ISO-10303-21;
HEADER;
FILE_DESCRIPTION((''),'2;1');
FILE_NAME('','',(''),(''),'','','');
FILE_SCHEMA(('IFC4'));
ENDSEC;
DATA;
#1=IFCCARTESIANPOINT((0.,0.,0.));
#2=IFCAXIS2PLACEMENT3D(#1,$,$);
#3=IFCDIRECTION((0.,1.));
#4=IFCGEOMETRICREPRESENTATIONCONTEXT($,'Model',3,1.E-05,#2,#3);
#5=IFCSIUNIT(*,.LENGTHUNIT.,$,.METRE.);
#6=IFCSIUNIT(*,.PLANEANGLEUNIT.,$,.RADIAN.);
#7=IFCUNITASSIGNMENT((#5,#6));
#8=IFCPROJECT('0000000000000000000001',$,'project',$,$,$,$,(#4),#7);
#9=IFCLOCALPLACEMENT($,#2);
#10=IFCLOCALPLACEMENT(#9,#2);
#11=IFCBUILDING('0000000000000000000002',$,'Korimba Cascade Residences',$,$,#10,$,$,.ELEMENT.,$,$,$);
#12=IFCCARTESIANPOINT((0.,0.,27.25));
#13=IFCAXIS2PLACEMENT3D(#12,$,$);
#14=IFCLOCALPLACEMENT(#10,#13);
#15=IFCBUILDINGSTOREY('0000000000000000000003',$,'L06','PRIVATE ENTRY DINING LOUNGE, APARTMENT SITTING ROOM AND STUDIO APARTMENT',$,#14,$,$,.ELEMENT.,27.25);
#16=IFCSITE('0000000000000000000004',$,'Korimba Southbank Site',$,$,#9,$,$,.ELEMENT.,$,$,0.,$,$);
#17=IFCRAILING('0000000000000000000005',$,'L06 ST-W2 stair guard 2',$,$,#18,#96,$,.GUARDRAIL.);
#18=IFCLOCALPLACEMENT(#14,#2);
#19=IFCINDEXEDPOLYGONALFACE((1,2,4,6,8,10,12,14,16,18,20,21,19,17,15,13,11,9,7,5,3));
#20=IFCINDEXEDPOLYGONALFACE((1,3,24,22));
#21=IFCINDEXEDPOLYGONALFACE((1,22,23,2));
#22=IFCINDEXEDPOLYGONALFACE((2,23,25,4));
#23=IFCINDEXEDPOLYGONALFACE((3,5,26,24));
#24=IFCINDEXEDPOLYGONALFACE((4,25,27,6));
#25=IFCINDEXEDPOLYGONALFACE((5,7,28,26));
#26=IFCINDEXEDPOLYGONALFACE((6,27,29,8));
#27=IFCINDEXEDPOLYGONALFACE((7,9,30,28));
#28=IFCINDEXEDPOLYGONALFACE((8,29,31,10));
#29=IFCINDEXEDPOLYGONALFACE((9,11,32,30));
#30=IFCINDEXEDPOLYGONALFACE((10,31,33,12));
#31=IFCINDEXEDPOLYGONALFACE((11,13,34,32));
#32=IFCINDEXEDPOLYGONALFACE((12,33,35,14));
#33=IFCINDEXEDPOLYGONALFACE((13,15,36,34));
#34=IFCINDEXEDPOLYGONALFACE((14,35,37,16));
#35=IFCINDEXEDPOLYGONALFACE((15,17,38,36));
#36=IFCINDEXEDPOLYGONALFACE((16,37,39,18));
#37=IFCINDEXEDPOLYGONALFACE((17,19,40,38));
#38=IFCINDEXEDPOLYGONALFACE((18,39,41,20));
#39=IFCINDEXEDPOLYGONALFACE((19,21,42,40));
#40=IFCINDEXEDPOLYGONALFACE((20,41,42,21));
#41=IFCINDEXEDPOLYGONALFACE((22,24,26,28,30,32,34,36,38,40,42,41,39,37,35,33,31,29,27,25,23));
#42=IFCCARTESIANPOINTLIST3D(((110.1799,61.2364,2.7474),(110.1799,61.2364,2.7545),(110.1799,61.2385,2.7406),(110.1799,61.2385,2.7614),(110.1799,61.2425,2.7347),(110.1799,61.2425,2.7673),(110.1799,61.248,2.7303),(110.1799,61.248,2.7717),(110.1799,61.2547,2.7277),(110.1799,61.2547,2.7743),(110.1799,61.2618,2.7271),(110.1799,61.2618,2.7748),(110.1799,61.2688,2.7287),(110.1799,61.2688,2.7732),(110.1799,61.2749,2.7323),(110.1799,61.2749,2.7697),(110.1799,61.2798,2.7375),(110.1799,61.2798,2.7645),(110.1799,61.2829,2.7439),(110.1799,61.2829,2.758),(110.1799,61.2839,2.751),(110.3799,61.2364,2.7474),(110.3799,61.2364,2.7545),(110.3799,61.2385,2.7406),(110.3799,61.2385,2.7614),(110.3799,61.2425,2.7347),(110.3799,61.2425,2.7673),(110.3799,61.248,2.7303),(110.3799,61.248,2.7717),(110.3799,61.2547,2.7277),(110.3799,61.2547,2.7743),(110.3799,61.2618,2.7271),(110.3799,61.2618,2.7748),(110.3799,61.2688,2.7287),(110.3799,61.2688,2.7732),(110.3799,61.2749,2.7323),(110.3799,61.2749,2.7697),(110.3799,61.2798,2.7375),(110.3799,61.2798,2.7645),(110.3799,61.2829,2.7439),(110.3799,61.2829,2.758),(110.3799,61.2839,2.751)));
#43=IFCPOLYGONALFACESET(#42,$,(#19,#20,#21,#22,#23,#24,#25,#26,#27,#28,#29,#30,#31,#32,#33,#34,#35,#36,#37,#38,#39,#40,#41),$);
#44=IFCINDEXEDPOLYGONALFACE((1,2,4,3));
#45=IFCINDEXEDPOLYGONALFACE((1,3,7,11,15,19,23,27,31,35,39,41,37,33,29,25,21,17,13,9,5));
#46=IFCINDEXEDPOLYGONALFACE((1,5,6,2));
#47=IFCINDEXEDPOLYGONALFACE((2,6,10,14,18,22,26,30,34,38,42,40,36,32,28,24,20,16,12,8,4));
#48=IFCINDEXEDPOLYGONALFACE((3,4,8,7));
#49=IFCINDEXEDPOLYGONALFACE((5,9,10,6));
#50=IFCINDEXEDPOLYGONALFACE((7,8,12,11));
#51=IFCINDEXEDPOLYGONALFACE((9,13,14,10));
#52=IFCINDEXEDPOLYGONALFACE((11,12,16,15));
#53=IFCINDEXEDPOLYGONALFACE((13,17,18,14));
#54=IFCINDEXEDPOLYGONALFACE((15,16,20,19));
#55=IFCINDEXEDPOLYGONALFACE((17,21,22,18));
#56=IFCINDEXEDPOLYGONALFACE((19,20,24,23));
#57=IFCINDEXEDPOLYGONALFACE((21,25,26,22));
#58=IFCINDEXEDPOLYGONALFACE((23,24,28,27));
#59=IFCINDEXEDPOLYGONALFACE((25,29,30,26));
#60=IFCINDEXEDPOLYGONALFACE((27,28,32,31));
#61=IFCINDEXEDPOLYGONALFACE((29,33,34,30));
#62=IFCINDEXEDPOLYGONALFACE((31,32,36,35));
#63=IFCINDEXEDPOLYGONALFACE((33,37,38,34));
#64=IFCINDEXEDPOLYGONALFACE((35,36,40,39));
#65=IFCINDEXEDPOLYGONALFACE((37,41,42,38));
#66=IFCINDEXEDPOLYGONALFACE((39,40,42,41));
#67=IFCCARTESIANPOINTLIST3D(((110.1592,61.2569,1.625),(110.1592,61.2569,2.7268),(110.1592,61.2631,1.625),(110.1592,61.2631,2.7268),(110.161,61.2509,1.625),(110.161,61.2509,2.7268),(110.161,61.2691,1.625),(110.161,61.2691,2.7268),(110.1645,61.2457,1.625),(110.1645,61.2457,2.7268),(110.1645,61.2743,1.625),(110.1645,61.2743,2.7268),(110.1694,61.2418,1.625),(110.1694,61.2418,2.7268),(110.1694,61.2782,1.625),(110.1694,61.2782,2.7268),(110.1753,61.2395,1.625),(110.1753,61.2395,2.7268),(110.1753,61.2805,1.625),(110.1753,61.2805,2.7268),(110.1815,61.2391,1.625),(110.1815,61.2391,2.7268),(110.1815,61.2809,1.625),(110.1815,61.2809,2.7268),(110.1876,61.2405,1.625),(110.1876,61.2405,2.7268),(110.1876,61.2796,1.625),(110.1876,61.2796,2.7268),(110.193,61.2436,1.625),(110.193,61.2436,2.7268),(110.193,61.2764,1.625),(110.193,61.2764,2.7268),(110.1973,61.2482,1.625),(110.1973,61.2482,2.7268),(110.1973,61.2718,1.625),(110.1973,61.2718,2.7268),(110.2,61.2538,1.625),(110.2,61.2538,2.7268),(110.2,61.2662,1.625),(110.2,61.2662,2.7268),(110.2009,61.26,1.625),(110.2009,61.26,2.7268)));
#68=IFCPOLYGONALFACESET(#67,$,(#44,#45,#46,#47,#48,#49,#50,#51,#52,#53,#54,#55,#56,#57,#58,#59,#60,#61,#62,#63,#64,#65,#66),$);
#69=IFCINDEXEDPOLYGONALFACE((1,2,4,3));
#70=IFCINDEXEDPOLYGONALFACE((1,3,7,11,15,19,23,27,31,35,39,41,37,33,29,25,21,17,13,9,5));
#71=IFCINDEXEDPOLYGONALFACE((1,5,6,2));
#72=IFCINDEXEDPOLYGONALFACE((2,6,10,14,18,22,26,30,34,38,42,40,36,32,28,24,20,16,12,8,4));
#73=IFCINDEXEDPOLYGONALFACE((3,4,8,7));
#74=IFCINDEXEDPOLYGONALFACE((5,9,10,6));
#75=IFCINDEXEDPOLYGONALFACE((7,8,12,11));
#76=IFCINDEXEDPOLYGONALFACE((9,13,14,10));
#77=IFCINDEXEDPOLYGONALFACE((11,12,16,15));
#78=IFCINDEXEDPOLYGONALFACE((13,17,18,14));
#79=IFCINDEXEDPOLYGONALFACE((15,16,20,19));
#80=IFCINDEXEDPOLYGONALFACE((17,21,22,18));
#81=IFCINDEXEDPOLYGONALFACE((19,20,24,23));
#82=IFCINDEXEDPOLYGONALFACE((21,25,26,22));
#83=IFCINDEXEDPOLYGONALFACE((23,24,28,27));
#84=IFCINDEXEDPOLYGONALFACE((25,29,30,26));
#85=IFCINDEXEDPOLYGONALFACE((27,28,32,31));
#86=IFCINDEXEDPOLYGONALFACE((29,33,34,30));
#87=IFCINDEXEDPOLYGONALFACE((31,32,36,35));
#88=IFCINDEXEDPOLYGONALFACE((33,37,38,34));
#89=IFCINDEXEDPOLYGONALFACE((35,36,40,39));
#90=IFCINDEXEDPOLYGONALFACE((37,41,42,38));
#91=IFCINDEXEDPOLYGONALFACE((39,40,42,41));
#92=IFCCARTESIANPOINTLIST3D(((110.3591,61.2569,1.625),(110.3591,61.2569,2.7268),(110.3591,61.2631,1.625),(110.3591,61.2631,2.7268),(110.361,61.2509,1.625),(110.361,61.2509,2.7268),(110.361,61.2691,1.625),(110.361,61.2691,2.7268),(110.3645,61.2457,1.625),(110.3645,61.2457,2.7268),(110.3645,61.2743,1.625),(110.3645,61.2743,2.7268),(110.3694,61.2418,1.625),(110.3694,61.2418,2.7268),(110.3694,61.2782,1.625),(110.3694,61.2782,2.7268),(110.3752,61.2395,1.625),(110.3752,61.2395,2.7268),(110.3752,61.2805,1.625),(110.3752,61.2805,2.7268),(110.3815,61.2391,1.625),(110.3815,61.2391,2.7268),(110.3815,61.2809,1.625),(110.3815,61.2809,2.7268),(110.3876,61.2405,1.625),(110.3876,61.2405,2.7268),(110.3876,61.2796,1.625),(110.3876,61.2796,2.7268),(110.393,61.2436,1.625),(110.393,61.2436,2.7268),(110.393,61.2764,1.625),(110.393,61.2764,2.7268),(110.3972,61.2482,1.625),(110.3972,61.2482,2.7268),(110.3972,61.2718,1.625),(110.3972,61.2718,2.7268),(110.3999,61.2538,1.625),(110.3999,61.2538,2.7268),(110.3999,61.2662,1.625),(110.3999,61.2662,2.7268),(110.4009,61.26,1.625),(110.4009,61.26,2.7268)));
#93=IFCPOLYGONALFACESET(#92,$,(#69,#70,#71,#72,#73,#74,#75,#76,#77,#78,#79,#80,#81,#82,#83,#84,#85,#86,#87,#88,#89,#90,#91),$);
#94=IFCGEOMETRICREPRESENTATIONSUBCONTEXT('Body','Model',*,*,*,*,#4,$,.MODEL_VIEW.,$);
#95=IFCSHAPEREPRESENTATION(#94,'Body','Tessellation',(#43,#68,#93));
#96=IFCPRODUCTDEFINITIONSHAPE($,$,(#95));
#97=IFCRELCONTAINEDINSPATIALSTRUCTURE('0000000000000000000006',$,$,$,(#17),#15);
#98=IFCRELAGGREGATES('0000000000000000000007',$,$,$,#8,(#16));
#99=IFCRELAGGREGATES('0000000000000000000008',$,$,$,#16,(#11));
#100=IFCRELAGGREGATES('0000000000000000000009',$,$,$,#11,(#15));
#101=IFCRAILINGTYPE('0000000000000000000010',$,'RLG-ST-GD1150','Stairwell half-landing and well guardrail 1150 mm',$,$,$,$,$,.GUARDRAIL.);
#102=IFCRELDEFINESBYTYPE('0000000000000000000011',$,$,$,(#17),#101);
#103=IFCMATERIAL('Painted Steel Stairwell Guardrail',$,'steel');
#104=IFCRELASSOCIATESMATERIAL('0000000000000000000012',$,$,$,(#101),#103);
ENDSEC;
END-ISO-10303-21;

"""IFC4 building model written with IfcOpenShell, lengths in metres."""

from ifc_helpers import new_model, si_unit, direction, frame, origin, origin_2d, place, context, subcontext, project, spatial, circle, extrude, material, type_object, element, save


model = new_model("IFC4")

# Units and contexts
model_context = context("Model", 3, precision=1e-05, world=origin(), true_north=direction((0.0, 1.0)))
body_context = subcontext(model_context, "Body", "Model", "MODEL_VIEW")
ifc_project = project(units=[si_unit("LENGTHUNIT", "METRE"), si_unit("PLANEANGLEUNIT", "RADIAN")], contexts=[model_context])

# Site, building, storey
site_placement = place(None, origin())
site = spatial("IfcSite", under=ifc_project, at=site_placement, Name="Korimba Southbank Site", CompositionType="ELEMENT", RefElevation=0.0)
building_placement = place(site_placement, origin())
building = spatial("IfcBuilding", under=site, at=building_placement, Name="Korimba Cascade Residences", CompositionType="ELEMENT")
storey_placement = place(building_placement, frame((0.0, 0.0, 27.25)))
storey = spatial("IfcBuildingStorey", under=building, at=storey_placement, Name="L06", Description="PRIVATE ENTRY DINING LOUNGE, APARTMENT SITTING ROOM AND STUDIO APARTMENT", CompositionType="ELEMENT", Elevation=27.25)

# Railing
ifc_material_1 = material(Name="Painted Steel Stairwell Guardrail", Category="steel")
railing_type_1 = type_object("IfcRailingType", Name="RLG-ST-GD1150", Description="Stairwell half-landing and well guardrail 1150 mm", PredefinedType="GUARDRAIL", material=ifc_material_1)
railing_1_placement = place(storey_placement, frame((110.1799, 61.26, 1.625)))
element("IfcRailing", 1, at=railing_1_placement, inside=storey, type_object=railing_type_1, Name="L06 ST-W2 stair guard 2", PredefinedType="GUARDRAIL", context=body_context, shape_type="SweptSolid", body=[
    extrude(circle(Radius=0.0239, at=origin_2d()), frame((0.0, 0.0, 1.126), z_axis=(1.0, 0.0, 0.0), x_axis=(0.0, 1.0, 0.0)), (0.0, 0.0, 1.0), 0.2),
    extrude(circle(Radius=0.021, at=origin_2d()), origin(), (0.0, 0.0, 1.0), 1.1018),
    extrude(circle(Radius=0.021, at=origin_2d()), frame((0.2, 0.0, 0.0)), (0.0, 0.0, 1.0), 1.1018),
])

save(model, "model.ifc")
